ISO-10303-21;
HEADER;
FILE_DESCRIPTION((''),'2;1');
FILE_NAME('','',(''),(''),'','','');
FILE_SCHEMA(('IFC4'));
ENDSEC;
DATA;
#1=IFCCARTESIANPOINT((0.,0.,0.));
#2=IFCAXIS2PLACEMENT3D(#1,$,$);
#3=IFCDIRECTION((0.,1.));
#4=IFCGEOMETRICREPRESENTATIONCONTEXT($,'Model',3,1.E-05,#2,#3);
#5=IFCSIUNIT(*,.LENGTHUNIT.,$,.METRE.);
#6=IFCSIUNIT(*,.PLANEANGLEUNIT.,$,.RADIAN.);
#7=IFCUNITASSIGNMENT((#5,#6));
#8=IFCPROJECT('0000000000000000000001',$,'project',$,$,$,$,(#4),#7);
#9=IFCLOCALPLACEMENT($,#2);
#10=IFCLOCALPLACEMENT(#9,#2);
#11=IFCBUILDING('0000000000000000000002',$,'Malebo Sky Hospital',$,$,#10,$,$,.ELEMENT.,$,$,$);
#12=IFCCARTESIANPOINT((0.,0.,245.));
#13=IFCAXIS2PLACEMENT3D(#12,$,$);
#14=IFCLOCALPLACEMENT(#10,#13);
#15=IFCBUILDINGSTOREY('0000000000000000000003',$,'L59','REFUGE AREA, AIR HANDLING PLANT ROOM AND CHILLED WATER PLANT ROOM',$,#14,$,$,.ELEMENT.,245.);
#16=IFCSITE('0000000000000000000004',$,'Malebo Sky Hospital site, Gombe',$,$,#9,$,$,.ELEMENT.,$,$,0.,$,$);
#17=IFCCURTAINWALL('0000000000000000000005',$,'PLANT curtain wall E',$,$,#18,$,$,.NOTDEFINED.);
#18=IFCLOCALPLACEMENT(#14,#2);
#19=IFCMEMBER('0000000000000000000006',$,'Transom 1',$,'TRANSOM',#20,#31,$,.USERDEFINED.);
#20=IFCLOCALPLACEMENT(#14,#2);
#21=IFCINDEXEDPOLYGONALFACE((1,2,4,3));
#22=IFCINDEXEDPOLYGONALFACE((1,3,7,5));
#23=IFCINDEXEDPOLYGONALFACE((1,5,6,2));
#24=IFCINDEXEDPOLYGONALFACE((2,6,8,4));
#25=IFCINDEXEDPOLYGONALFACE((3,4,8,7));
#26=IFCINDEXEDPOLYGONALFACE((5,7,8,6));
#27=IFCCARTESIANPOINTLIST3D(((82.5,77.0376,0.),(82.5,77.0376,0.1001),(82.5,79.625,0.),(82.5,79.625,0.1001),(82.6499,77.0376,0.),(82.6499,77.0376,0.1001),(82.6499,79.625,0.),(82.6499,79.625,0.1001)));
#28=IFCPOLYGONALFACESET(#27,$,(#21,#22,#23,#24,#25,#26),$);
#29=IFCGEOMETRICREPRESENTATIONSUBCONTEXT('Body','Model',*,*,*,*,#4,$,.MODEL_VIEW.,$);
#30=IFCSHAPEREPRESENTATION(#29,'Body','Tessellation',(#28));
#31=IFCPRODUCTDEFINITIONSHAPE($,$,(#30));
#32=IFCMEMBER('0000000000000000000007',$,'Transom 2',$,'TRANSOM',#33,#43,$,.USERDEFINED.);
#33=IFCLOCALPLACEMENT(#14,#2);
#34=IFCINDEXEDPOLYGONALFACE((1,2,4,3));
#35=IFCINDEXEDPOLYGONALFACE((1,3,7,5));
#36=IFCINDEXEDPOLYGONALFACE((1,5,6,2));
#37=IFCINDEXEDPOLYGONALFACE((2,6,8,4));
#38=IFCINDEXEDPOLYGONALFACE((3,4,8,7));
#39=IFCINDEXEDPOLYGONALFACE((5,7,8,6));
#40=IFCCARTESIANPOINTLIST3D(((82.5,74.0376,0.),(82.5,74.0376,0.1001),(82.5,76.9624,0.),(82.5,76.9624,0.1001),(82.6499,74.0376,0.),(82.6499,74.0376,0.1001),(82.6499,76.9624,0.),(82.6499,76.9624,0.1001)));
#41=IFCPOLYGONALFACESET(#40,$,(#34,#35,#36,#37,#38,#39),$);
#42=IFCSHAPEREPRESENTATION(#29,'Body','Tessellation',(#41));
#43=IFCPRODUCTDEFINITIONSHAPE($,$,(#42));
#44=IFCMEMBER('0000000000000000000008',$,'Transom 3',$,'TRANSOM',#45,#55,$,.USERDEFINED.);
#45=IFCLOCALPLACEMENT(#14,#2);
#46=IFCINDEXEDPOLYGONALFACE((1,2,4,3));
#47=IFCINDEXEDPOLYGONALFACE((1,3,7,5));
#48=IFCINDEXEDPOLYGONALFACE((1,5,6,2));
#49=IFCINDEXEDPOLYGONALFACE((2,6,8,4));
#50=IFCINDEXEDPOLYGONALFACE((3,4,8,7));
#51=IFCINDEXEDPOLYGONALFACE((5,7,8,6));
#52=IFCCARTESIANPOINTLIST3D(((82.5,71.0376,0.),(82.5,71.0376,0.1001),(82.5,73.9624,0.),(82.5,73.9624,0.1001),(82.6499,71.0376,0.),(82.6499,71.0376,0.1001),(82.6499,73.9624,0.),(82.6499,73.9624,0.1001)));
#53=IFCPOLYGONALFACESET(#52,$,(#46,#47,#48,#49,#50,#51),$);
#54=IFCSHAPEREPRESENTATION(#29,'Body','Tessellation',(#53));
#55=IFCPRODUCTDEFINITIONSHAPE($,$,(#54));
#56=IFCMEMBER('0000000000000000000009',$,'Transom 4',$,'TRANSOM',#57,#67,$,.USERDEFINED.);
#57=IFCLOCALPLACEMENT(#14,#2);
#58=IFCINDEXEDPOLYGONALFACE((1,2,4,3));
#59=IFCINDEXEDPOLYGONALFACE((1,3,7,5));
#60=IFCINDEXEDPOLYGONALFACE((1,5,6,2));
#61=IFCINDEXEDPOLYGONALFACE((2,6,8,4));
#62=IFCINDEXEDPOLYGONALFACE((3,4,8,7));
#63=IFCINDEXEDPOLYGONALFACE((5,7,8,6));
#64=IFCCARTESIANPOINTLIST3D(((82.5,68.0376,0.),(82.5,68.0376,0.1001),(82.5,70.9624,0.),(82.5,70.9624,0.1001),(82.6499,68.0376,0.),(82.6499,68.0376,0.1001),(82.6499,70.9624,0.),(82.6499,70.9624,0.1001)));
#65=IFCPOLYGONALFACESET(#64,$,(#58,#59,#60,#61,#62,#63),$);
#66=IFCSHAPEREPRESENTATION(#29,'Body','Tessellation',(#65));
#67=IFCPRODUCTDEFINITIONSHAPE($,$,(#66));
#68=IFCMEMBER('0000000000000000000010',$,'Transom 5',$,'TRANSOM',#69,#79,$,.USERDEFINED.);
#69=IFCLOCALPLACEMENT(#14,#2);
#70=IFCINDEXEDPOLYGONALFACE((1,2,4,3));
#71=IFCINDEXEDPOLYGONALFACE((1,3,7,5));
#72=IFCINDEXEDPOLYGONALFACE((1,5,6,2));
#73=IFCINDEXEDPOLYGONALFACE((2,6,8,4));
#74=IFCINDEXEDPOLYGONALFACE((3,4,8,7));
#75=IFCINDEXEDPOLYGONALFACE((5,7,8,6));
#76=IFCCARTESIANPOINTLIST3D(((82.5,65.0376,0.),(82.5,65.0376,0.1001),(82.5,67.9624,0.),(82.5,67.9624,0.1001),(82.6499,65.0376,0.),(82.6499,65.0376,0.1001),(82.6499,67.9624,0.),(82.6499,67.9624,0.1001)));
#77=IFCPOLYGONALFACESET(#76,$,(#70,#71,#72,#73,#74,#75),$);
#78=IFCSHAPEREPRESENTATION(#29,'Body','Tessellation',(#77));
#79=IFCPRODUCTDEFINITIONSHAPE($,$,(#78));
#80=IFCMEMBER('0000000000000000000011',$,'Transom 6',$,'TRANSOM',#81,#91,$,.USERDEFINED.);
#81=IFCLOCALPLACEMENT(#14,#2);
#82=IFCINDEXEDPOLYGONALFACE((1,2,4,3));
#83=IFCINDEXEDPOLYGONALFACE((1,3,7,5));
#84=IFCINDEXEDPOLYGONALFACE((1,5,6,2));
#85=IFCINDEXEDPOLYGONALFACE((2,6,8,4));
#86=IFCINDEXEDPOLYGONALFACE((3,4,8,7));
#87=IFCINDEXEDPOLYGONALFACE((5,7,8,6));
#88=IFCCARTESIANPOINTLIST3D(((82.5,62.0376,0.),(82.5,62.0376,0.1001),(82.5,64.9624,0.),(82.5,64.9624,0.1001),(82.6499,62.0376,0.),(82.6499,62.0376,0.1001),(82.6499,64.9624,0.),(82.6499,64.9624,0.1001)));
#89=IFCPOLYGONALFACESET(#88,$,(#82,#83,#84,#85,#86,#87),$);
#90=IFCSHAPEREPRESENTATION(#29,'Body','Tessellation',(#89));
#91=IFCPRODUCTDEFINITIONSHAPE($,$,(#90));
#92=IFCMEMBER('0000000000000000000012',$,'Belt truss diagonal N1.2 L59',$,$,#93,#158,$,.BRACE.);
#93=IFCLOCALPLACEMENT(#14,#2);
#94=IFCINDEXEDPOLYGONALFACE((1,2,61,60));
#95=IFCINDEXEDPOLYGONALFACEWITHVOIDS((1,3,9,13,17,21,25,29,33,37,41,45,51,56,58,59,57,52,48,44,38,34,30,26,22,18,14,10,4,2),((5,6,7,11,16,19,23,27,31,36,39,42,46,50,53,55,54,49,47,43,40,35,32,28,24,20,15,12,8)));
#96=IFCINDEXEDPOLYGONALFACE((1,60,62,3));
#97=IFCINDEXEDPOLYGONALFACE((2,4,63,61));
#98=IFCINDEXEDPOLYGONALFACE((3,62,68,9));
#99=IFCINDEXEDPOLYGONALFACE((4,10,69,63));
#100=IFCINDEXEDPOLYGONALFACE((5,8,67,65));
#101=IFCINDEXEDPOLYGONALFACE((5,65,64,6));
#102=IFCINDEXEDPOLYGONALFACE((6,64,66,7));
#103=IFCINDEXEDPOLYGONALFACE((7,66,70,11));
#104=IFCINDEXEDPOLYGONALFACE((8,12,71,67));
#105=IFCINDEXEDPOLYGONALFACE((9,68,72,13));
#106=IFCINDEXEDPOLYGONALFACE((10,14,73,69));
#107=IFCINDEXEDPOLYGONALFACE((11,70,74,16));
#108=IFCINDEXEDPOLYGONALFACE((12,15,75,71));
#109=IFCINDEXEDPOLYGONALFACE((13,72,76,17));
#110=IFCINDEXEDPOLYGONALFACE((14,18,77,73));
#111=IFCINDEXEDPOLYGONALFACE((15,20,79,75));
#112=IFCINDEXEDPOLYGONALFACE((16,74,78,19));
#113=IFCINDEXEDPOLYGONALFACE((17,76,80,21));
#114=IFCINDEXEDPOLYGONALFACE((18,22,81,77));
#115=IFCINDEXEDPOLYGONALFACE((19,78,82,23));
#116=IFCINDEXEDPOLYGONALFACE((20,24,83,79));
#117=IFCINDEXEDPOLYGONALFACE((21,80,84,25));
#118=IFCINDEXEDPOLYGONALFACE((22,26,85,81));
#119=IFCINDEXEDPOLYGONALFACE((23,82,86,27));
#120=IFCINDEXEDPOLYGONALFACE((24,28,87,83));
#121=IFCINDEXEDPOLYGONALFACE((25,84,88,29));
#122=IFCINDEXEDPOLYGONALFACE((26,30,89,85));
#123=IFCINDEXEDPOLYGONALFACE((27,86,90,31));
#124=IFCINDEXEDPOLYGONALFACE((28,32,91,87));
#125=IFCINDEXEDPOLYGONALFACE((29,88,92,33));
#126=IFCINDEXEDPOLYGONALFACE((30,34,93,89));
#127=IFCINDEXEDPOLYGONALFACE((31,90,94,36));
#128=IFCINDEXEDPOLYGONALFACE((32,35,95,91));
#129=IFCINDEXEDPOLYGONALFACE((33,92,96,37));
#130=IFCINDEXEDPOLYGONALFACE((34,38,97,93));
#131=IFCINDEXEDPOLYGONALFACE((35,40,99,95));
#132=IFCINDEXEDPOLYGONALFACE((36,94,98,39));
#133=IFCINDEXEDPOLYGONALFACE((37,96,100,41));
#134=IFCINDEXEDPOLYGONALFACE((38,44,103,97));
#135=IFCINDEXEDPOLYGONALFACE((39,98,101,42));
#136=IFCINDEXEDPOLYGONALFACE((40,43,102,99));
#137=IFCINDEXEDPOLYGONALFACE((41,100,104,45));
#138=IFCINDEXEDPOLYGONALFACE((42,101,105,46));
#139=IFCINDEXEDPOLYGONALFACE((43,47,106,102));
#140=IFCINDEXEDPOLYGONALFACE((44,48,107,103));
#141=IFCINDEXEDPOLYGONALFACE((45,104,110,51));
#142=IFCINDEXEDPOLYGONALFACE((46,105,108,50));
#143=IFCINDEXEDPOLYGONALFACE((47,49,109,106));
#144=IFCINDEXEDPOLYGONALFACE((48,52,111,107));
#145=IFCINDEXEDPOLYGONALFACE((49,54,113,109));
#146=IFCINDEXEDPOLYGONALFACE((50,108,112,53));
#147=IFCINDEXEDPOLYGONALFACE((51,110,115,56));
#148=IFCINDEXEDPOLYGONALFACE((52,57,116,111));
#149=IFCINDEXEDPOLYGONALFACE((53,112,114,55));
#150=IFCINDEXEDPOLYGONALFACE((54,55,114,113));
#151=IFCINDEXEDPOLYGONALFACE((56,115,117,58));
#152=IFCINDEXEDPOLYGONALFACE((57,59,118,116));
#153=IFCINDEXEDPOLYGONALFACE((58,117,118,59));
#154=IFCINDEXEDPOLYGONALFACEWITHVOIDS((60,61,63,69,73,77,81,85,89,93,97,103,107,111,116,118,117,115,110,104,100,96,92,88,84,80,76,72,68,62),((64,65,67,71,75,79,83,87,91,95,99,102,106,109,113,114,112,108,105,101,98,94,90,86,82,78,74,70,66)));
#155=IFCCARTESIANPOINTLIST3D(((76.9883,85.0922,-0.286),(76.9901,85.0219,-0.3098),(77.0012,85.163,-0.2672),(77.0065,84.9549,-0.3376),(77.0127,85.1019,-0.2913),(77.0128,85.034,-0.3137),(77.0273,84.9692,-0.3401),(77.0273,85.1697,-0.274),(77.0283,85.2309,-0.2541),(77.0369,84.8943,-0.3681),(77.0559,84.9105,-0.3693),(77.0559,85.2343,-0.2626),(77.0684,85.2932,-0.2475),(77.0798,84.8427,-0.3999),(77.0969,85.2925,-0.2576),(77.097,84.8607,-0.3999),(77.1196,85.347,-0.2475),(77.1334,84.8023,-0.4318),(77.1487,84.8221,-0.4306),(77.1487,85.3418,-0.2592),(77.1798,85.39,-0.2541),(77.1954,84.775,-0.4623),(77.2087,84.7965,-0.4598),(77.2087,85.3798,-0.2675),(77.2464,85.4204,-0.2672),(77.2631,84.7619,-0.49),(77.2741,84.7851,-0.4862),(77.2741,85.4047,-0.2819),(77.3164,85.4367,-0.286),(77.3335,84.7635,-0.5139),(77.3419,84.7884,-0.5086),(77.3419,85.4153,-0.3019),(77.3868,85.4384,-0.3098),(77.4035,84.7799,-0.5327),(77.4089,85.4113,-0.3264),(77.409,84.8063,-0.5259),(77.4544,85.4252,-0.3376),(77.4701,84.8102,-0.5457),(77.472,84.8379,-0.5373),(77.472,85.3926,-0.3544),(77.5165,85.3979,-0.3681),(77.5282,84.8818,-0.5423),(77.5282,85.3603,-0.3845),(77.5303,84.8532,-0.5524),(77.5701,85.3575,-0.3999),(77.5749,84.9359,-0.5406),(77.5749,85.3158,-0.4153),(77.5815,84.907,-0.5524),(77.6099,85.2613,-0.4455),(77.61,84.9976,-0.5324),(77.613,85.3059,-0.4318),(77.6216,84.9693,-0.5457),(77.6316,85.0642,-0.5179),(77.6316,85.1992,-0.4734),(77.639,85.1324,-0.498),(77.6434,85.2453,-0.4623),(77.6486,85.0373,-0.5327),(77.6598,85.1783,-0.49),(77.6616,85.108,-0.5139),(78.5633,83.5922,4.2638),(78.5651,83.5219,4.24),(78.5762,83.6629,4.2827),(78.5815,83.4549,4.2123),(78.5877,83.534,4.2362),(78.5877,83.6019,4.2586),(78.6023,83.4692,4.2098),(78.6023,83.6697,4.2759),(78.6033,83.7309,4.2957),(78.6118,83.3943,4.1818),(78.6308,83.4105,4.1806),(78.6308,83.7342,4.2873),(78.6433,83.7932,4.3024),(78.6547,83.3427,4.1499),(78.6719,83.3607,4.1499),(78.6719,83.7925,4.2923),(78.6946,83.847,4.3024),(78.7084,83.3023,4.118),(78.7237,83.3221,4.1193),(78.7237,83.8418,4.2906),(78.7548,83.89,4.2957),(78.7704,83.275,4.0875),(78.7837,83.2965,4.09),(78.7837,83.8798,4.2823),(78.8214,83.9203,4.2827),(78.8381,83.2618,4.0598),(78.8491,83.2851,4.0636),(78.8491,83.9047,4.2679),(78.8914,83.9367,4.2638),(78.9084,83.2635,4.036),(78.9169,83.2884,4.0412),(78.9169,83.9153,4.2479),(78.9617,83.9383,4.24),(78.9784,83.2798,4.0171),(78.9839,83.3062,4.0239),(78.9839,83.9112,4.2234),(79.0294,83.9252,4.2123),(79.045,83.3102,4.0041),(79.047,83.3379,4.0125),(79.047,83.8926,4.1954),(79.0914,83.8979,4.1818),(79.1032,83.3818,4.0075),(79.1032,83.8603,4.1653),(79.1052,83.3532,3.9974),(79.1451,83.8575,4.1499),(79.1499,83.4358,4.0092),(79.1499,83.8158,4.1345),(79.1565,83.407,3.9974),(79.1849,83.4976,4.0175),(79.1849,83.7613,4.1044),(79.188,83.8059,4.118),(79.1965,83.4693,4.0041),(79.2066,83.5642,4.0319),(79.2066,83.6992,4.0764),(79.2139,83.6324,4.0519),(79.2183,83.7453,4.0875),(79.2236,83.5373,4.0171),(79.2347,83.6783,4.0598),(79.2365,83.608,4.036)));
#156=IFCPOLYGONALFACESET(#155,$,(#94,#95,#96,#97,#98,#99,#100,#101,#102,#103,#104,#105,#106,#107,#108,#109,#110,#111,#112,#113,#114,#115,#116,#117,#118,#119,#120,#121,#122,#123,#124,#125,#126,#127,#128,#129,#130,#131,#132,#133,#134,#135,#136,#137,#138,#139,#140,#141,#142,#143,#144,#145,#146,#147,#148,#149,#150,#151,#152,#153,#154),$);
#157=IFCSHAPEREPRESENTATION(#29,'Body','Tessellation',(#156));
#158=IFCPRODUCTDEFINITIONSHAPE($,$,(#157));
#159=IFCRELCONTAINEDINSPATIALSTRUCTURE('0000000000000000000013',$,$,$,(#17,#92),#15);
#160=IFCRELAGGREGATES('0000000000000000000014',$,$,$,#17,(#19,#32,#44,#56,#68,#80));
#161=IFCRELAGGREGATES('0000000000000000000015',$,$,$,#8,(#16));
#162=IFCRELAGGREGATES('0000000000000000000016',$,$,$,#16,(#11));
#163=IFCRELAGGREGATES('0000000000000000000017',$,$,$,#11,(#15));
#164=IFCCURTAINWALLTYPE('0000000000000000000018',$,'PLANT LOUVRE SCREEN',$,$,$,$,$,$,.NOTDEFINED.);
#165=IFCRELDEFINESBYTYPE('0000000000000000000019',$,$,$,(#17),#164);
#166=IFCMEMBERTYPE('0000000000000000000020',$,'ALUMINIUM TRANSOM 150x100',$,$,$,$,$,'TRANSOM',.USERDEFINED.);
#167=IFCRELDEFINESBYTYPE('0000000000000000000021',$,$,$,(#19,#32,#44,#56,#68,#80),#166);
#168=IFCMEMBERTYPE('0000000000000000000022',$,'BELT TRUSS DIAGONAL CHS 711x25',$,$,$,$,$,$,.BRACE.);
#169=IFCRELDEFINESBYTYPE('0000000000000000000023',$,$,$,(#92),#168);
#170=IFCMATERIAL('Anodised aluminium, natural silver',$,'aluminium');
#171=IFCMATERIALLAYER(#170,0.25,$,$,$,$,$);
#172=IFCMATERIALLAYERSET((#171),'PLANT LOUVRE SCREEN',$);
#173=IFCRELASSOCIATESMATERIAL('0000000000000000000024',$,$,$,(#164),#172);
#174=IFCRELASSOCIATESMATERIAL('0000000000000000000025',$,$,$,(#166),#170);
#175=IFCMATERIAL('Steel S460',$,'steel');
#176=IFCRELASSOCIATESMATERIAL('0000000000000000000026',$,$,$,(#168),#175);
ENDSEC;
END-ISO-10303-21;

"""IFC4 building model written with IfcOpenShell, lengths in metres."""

from ifc_helpers import new_model, si_unit, direction, frame, origin, origin_2d, place, context, subcontext, project, spatial, rectangle, hollow_circle, extrude, material, layer, layer_set, material_profile, profile_set, type_object, element, aggregate, save


model = new_model("IFC4")

# Units and contexts
model_context = context("Model", 3, precision=1e-05, world=origin(), true_north=direction((0.0, 1.0)))
body_context = subcontext(model_context, "Body", "Model", "MODEL_VIEW")
ifc_project = project(units=[si_unit("LENGTHUNIT", "METRE"), si_unit("PLANEANGLEUNIT", "RADIAN")], contexts=[model_context])

# Site, building, storey
site_placement = place(None, origin())
site = spatial("IfcSite", under=ifc_project, at=site_placement, Name="Malebo Sky Hospital site, Gombe", CompositionType="ELEMENT", RefElevation=0.0)
building_placement = place(site_placement, origin())
building = spatial("IfcBuilding", under=site, at=building_placement, Name="Malebo Sky Hospital", CompositionType="ELEMENT")
storey_placement = place(building_placement, frame((0.0, 0.0, 245.0)))
storey = spatial("IfcBuildingStorey", under=building, at=storey_placement, Name="L59", Description="REFUGE AREA, AIR HANDLING PLANT ROOM AND CHILLED WATER PLANT ROOM", CompositionType="ELEMENT", Elevation=245.0)

# Curtain wall, members
ifc_material_1 = material(Name="Anodised aluminium, natural silver", Category="aluminium")
ifc_layer_1 = layer(ifc_material_1, 0.25)
ifc_layer_set_1 = layer_set([ifc_layer_1], Name="PLANT LOUVRE SCREEN")
curtain_wall_type = type_object("IfcCurtainWallType", Name="PLANT LOUVRE SCREEN", PredefinedType="NOTDEFINED", material=ifc_layer_set_1)
curtain_wall_placement = place(storey_placement, origin())
curtain_wall = element("IfcCurtainWall", 1, at=curtain_wall_placement, inside=storey, type_object=curtain_wall_type, Name="PLANT curtain wall E", PredefinedType="NOTDEFINED")
ifc_material_profile_1 = material_profile(ifc_material_1, rectangle(XDim=0.1499, YDim=0.1001, at=origin_2d()), Name="ALUMINIUM TRANSOM 150x100")
ifc_profile_set_1 = profile_set([ifc_material_profile_1], Name="Anodised aluminium, natural silver")
member_type_1 = type_object("IfcMemberType", Name="ALUMINIUM TRANSOM 150x100", ElementType="TRANSOM", PredefinedType="USERDEFINED", material=ifc_profile_set_1)
member_1_placement = place(storey_placement, frame((82.575, 79.625, 0.05), z_axis=(0.0, -1.0, 0.0), x_axis=(1.0, 0.0, 0.0)))
member_1 = element("IfcMember", 2, at=member_1_placement, type_object=member_type_1, Name="Transom 1", ObjectType="TRANSOM", PredefinedType="USERDEFINED", context=body_context, shape_type="SweptSolid", body=[
    extrude(rectangle(XDim=0.1499, YDim=0.1001, at=origin_2d()), origin(), (0.0, 0.0, 1.0), 2.5874),
])
member_2_placement = place(storey_placement, frame((82.575, 76.9624, 0.05), z_axis=(0.0, -1.0, 0.0), x_axis=(1.0, 0.0, 0.0)))
member_2 = element("IfcMember", 3, at=member_2_placement, type_object=member_type_1, Name="Transom 2", ObjectType="TRANSOM", PredefinedType="USERDEFINED", context=body_context, shape_type="SweptSolid", body=[
    extrude(rectangle(XDim=0.1499, YDim=0.1001, at=origin_2d()), origin(), (0.0, 0.0, 1.0), 2.9248),
])
member_3_placement = place(storey_placement, frame((82.575, 73.9624, 0.05), z_axis=(0.0, -1.0, 0.0), x_axis=(1.0, 0.0, 0.0)))
member_3 = element("IfcMember", 4, at=member_3_placement, type_object=member_type_1, Name="Transom 3", ObjectType="TRANSOM", PredefinedType="USERDEFINED", context=body_context, shape_type="SweptSolid", body=[
    extrude(rectangle(XDim=0.1499, YDim=0.1001, at=origin_2d()), origin(), (0.0, 0.0, 1.0), 2.9248),
])
member_4_placement = place(storey_placement, frame((82.575, 70.9624, 0.05), z_axis=(0.0, -1.0, 0.0), x_axis=(1.0, 0.0, 0.0)))
member_4 = element("IfcMember", 5, at=member_4_placement, type_object=member_type_1, Name="Transom 4", ObjectType="TRANSOM", PredefinedType="USERDEFINED", context=body_context, shape_type="SweptSolid", body=[
    extrude(rectangle(XDim=0.1499, YDim=0.1001, at=origin_2d()), origin(), (0.0, 0.0, 1.0), 2.9248),
])
member_5_placement = place(storey_placement, frame((82.575, 67.9624, 0.05), z_axis=(0.0, -1.0, 0.0), x_axis=(1.0, 0.0, 0.0)))
member_5 = element("IfcMember", 6, at=member_5_placement, type_object=member_type_1, Name="Transom 5", ObjectType="TRANSOM", PredefinedType="USERDEFINED", context=body_context, shape_type="SweptSolid", body=[
    extrude(rectangle(XDim=0.1499, YDim=0.1001, at=origin_2d()), origin(), (0.0, 0.0, 1.0), 2.9248),
])
member_6_placement = place(storey_placement, frame((82.575, 64.9624, 0.05), z_axis=(0.0, -1.0, 0.0), x_axis=(1.0, 0.0, 0.0)))
member_6 = element("IfcMember", 7, at=member_6_placement, type_object=member_type_1, Name="Transom 6", ObjectType="TRANSOM", PredefinedType="USERDEFINED", context=body_context, shape_type="SweptSolid", body=[
    extrude(rectangle(XDim=0.1499, YDim=0.1001, at=origin_2d()), origin(), (0.0, 0.0, 1.0), 2.9248),
])

# Member
ifc_material_2 = material(Name="Steel S460", Category="steel")
ifc_material_profile_2 = material_profile(ifc_material_2, hollow_circle(Radius=0.3555, WallThickness=0.0249, at=origin_2d()), Name="CHS 711x25")
ifc_profile_set_2 = profile_set([ifc_material_profile_2], Name="Steel S460")
member_type_2 = type_object("IfcMemberType", Name="BELT TRUSS DIAGONAL CHS 711x25", PredefinedType="BRACE", material=ifc_profile_set_2)
member_7_placement = place(storey_placement, frame((78.8999, 83.6001, 4.1499), z_axis=(-0.312308, 0.297446, -0.902214), x_axis=(-0.689666, -0.724127, 0.0)))
element("IfcMember", 8, at=member_7_placement, inside=storey, type_object=member_type_2, Name="Belt truss diagonal N1.2 L59", PredefinedType="BRACE", context=body_context, shape_type="SweptSolid", body=[
    extrude(hollow_circle(Radius=0.3555, WallThickness=0.0249, at=origin_2d()), origin(), (0.0, 0.0, 1.0), 5.043),
])

aggregate(curtain_wall, [member_1, member_2, member_3, member_4, member_5, member_6])

save(model, "model.ifc")
